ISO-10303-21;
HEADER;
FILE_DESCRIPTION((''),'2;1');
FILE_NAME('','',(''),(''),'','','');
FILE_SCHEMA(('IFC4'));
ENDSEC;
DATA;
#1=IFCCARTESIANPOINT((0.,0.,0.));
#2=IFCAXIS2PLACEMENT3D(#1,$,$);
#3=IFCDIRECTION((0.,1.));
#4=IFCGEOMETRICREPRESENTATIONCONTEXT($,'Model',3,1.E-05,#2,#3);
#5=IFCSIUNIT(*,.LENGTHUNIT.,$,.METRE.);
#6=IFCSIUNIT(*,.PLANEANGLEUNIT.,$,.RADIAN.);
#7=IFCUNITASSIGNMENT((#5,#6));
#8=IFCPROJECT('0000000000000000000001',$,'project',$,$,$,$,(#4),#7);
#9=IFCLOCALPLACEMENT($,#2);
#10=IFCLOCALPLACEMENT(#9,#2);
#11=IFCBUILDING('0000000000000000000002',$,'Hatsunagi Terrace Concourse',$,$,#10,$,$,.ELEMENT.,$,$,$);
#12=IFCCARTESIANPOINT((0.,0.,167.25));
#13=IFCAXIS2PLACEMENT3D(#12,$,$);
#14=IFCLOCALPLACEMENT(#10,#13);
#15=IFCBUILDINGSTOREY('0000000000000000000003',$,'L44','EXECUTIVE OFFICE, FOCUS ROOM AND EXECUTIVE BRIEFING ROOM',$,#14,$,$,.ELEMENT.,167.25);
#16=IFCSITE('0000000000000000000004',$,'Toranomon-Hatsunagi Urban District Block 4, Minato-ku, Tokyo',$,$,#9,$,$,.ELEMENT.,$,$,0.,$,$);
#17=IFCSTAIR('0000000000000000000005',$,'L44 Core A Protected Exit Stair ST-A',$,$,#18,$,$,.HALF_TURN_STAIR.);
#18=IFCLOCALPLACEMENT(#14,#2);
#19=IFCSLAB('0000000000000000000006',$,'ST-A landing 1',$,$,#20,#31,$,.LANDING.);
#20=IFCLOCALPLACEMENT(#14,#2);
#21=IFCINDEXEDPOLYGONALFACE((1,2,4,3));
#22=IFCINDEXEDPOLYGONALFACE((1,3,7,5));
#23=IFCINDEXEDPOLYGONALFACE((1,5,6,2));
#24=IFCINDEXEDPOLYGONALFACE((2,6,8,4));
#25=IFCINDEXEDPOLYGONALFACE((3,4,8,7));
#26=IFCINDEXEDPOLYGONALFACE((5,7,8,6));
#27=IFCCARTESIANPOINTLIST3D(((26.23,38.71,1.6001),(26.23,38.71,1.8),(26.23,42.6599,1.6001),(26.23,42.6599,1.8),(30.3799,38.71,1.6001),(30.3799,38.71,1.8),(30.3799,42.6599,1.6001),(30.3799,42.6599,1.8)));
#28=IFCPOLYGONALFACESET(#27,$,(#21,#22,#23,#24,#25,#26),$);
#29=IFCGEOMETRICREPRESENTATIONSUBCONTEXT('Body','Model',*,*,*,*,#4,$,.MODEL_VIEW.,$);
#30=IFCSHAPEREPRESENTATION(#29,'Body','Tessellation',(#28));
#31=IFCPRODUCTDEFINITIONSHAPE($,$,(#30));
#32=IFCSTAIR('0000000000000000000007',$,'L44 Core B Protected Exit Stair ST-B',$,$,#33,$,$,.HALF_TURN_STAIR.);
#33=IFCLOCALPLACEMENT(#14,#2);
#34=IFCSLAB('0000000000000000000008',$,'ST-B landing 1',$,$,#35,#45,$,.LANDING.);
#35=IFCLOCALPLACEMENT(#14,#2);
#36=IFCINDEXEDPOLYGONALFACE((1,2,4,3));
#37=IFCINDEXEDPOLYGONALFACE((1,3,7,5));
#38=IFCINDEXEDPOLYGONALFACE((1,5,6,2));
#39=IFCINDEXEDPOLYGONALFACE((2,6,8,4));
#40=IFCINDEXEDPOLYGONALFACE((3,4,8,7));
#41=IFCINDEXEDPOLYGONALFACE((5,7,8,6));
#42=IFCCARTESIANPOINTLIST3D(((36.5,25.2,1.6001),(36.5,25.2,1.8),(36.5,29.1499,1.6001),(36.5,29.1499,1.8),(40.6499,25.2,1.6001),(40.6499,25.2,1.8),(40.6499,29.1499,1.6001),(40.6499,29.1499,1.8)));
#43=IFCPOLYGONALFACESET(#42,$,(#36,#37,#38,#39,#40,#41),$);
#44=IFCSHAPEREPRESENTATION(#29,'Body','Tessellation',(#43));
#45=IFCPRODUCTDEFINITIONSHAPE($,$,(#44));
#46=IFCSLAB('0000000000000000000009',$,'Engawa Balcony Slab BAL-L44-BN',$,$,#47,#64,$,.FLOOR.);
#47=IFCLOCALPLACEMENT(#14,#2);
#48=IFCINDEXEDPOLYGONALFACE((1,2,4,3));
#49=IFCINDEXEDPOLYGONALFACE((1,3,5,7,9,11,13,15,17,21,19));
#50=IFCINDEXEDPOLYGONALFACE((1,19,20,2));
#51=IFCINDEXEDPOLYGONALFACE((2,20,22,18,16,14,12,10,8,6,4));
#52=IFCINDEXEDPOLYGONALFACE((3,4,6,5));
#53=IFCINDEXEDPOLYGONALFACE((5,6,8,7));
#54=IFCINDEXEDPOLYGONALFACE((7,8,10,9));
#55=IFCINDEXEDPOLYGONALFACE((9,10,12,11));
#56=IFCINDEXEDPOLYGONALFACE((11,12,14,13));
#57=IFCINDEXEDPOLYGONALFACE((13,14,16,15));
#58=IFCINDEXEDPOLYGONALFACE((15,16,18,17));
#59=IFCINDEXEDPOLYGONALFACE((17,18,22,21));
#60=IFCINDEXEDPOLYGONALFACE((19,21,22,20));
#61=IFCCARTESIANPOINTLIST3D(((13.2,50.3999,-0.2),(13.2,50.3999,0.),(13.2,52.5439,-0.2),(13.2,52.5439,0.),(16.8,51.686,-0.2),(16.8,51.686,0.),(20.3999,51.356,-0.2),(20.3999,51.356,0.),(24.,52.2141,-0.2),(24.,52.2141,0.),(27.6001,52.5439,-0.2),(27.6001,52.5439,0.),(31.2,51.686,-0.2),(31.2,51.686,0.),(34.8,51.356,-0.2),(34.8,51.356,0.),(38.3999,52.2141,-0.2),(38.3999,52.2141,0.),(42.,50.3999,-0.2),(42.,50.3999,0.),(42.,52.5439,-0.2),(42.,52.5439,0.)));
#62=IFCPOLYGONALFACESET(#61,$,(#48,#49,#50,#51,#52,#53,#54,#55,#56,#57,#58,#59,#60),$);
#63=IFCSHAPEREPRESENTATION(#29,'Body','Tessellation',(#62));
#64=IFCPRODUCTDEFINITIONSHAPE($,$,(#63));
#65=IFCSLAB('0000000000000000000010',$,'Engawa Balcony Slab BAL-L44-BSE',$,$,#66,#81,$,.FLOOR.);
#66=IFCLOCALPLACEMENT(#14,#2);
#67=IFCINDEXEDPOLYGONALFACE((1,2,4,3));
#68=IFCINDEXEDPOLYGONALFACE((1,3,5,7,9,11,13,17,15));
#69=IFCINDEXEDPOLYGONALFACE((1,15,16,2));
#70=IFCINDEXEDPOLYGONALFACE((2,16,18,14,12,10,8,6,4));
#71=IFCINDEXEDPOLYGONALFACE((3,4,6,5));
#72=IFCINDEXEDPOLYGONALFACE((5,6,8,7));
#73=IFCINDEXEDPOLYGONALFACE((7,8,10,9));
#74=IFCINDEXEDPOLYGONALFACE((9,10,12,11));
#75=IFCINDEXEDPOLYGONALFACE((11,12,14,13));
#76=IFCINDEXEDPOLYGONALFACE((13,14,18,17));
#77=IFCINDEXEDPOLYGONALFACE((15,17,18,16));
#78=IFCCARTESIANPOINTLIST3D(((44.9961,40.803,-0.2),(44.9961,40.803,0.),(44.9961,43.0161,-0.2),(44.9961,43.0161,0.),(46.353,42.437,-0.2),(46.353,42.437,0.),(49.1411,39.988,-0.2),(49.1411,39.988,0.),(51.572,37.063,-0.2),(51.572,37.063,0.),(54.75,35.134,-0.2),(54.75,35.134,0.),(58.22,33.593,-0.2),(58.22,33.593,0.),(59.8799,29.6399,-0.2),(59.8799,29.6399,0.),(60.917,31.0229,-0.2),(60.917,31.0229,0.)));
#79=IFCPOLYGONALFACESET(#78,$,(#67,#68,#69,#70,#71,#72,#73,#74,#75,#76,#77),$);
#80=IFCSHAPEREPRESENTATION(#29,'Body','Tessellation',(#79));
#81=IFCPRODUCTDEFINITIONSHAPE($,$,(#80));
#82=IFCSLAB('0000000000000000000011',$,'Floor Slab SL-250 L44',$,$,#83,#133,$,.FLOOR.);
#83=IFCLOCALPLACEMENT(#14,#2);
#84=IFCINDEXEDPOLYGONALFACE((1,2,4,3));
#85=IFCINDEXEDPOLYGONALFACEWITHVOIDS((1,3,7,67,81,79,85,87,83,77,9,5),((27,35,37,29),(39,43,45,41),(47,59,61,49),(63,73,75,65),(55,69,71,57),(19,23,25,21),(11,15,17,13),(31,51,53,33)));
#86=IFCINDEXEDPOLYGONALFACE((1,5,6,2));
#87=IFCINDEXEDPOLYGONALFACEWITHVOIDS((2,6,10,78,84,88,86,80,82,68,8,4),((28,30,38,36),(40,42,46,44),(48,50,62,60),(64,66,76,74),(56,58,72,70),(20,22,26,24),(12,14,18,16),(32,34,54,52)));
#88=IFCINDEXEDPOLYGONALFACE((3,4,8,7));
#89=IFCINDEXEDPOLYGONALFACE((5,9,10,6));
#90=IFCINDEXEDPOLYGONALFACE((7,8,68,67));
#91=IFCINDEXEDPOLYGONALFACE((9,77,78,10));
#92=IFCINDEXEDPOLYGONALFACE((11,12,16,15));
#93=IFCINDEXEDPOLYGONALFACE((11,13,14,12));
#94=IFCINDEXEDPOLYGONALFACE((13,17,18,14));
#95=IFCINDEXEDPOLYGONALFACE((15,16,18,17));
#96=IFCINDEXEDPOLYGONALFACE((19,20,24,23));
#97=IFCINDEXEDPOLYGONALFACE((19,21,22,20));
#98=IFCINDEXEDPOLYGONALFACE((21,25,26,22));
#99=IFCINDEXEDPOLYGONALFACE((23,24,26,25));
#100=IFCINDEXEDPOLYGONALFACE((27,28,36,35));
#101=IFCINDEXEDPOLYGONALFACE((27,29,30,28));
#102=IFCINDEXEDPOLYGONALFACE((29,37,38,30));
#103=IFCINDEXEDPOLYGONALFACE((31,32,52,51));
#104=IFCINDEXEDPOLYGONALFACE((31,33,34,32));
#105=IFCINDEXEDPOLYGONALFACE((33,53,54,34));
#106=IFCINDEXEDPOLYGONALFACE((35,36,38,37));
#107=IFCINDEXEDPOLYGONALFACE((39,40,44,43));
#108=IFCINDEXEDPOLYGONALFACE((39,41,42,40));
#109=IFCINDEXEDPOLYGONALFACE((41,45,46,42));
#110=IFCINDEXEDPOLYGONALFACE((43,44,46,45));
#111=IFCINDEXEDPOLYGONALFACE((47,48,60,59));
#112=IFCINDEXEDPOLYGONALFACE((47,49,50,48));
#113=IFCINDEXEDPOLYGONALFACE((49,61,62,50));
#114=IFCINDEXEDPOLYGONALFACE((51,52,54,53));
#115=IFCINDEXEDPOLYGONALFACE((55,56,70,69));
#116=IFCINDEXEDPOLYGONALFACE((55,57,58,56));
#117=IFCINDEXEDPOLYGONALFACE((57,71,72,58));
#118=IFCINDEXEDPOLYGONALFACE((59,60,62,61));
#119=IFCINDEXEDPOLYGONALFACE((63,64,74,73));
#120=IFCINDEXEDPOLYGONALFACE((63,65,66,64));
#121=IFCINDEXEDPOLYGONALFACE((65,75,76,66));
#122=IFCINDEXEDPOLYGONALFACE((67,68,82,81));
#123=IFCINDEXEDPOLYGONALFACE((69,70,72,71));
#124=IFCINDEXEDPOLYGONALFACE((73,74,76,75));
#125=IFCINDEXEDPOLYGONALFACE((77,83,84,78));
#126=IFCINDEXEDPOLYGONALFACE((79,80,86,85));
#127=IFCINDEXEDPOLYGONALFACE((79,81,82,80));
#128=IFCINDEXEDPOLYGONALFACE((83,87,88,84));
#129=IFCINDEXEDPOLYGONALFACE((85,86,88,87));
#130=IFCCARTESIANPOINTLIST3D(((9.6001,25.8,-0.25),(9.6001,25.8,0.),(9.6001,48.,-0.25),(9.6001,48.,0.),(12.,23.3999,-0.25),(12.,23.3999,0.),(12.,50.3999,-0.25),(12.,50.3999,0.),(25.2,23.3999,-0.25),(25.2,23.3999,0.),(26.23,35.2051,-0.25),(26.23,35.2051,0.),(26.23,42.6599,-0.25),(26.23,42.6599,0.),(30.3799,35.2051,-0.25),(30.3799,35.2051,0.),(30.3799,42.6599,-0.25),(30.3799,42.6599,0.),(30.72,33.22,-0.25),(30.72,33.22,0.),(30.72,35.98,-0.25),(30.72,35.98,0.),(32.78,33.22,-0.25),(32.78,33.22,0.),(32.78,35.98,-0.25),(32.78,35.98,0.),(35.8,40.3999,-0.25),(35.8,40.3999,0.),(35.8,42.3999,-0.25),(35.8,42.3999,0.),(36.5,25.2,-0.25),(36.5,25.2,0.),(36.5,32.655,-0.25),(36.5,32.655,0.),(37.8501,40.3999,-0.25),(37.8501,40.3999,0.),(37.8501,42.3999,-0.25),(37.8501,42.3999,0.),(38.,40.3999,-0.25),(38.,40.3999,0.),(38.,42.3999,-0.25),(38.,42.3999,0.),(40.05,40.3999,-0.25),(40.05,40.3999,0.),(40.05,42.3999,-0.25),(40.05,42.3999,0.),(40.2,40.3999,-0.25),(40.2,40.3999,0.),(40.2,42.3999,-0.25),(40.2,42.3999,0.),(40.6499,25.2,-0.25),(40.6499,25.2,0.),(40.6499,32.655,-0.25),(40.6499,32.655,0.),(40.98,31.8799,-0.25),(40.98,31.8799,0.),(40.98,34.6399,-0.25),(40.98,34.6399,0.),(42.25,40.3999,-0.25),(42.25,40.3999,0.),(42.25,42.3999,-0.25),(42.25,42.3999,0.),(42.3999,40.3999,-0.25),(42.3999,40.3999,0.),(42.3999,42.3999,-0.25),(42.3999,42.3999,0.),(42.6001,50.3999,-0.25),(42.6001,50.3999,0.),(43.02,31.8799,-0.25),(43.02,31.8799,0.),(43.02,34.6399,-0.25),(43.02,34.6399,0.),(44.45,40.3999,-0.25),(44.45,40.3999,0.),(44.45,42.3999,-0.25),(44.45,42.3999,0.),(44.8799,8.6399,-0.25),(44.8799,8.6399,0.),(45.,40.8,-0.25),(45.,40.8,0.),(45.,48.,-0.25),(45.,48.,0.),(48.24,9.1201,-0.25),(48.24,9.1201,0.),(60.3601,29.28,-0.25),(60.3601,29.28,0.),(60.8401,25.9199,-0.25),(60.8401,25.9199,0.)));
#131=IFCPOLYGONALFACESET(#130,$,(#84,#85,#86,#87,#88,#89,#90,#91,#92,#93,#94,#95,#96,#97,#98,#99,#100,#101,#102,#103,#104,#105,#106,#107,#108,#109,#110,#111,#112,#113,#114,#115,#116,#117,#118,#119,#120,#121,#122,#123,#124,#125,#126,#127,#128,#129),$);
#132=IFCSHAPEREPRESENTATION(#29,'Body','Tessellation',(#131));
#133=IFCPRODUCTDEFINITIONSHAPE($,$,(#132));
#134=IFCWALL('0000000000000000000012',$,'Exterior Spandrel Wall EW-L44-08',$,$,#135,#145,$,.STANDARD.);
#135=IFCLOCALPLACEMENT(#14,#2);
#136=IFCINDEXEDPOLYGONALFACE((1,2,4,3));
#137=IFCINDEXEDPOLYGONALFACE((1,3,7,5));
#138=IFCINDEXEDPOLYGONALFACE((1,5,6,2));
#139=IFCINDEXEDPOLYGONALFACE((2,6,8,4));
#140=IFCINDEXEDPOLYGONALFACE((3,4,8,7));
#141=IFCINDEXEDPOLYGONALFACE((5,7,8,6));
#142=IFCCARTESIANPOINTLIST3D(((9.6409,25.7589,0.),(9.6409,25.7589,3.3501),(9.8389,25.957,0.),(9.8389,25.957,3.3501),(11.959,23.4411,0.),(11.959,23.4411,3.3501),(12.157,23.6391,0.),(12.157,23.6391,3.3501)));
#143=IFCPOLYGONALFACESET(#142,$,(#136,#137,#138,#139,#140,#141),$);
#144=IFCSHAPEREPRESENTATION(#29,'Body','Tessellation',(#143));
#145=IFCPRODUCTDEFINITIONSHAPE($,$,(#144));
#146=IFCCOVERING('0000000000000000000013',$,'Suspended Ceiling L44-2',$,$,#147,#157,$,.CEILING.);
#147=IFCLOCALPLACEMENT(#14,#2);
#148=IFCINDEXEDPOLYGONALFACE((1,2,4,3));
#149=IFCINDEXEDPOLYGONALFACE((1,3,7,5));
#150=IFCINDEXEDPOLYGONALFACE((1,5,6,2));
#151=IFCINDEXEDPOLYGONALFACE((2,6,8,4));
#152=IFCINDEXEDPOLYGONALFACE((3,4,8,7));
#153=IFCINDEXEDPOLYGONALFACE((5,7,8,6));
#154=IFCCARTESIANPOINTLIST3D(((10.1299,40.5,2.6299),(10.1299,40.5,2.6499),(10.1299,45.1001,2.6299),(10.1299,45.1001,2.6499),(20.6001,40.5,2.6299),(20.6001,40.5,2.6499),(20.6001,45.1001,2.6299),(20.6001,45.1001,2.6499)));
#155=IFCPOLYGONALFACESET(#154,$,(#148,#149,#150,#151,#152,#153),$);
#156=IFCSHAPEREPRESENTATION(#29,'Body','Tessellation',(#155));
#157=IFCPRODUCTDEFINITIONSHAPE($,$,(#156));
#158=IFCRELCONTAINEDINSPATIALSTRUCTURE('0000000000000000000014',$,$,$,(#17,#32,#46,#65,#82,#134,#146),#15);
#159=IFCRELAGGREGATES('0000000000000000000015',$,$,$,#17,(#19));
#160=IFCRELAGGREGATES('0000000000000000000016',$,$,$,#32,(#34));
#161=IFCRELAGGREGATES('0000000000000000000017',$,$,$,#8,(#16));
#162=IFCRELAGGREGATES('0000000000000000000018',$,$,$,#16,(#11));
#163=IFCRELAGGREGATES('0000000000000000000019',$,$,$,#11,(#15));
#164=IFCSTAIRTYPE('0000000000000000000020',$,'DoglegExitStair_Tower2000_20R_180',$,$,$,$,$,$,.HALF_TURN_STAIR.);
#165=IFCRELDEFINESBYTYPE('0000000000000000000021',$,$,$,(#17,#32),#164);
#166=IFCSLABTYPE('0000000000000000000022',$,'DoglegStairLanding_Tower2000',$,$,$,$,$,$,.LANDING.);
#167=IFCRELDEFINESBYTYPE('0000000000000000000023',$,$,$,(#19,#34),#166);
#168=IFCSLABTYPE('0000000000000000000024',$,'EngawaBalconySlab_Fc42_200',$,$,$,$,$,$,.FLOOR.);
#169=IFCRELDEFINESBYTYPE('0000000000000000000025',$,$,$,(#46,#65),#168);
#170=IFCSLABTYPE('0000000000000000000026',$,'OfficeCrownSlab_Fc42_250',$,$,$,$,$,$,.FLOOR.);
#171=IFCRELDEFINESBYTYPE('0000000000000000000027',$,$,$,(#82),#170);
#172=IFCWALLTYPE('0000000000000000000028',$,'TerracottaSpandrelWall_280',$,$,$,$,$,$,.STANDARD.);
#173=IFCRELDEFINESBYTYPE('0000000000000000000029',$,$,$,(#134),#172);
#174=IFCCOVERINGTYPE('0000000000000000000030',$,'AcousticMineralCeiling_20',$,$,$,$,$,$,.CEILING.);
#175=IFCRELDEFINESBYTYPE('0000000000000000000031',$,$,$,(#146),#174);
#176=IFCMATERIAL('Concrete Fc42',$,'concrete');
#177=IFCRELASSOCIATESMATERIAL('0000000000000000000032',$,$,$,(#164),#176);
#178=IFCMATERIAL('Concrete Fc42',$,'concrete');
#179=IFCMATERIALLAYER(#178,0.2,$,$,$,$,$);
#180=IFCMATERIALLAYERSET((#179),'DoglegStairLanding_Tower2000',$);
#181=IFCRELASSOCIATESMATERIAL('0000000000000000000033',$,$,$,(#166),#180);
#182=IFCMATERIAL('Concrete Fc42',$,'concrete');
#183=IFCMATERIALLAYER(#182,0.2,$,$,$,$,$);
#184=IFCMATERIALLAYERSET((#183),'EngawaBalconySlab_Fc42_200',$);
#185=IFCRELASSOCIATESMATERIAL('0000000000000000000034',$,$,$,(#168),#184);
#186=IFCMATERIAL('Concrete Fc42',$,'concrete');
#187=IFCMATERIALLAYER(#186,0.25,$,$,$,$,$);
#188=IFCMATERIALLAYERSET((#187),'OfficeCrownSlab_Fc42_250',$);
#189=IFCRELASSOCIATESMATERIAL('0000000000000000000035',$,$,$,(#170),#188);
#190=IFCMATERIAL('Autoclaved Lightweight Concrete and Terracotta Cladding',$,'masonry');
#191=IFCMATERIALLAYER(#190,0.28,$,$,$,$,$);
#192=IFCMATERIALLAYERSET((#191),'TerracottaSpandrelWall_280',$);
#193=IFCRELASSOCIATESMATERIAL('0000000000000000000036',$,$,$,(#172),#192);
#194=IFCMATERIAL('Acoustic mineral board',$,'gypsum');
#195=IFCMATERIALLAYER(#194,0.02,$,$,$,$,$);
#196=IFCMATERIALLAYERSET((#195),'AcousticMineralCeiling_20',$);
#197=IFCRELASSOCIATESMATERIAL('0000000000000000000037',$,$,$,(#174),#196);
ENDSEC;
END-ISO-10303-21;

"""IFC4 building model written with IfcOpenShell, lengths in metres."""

from ifc_helpers import new_model, si_unit, direction, frame, frame_2d, origin, place, context, subcontext, project, spatial, polyline, rectangle, outline, extrude, material, layer, layer_set, type_object, element, aggregate, save


model = new_model("IFC4")

# Units and contexts
model_context = context("Model", 3, precision=1e-05, world=origin(), true_north=direction((0.0, 1.0)))
body_context = subcontext(model_context, "Body", "Model", "MODEL_VIEW")
ifc_project = project(units=[si_unit("LENGTHUNIT", "METRE"), si_unit("PLANEANGLEUNIT", "RADIAN")], contexts=[model_context])

# Site, building, storey
site_placement = place(None, origin())
site = spatial("IfcSite", under=ifc_project, at=site_placement, Name="Toranomon-Hatsunagi Urban District Block 4, Minato-ku, Tokyo", CompositionType="ELEMENT", RefElevation=0.0)
building_placement = place(site_placement, origin())
building = spatial("IfcBuilding", under=site, at=building_placement, Name="Hatsunagi Terrace Concourse", CompositionType="ELEMENT")
storey_placement = place(building_placement, frame((0.0, 0.0, 167.25)))
storey = spatial("IfcBuildingStorey", under=building, at=storey_placement, Name="L44", Description="EXECUTIVE OFFICE, FOCUS ROOM AND EXECUTIVE BRIEFING ROOM", CompositionType="ELEMENT", Elevation=167.25)

# Stairs, slabs
ifc_material_1 = material(Name="Concrete Fc42", Category="concrete")
stair_type = type_object("IfcStairType", Name="DoglegExitStair_Tower2000_20R_180", PredefinedType="HALF_TURN_STAIR", material=ifc_material_1)
stair_1_placement = place(storey_placement, origin())
stair_1 = element("IfcStair", 1, at=stair_1_placement, inside=storey, type_object=stair_type, Name="L44 Core A Protected Exit Stair ST-A", PredefinedType="HALF_TURN_STAIR")
ifc_material_2 = material(Name="Concrete Fc42", Category="concrete")
ifc_layer_1 = layer(ifc_material_2, 0.2)
ifc_layer_set_1 = layer_set([ifc_layer_1], Name="DoglegStairLanding_Tower2000")
slab_type_1 = type_object("IfcSlabType", Name="DoglegStairLanding_Tower2000", PredefinedType="LANDING", material=ifc_layer_set_1)
slab_1_placement = place(storey_placement, frame((0.0, 0.0, 1.6001)))
slab_1 = element("IfcSlab", 2, at=slab_1_placement, type_object=slab_type_1, Name="ST-A landing 1", PredefinedType="LANDING", context=body_context, shape_type="SweptSolid", body=[
    extrude(outline(polyline([(30.3799, 38.71), (30.3799, 42.6599), (26.23, 42.6599), (26.23, 38.71), (30.3799, 38.71)])), origin(), (0.0, 0.0, 1.0), 0.2),
])
aggregate(stair_1, [slab_1])
stair_2_placement = place(storey_placement, origin())
stair_2 = element("IfcStair", 3, at=stair_2_placement, inside=storey, type_object=stair_type, Name="L44 Core B Protected Exit Stair ST-B", PredefinedType="HALF_TURN_STAIR")
slab_2_placement = place(storey_placement, frame((0.0, 0.0, 1.6001)))
slab_2 = element("IfcSlab", 4, at=slab_2_placement, type_object=slab_type_1, Name="ST-B landing 1", PredefinedType="LANDING", context=body_context, shape_type="SweptSolid", body=[
    extrude(outline(polyline([(36.5, 29.1499), (36.5, 25.2), (40.6499, 25.2), (40.6499, 29.1499), (36.5, 29.1499)])), origin(), (0.0, 0.0, 1.0), 0.2),
])
aggregate(stair_2, [slab_2])

# Slabs
ifc_material_3 = material(Name="Concrete Fc42", Category="concrete")
ifc_layer_2 = layer(ifc_material_3, 0.2)
ifc_layer_set_2 = layer_set([ifc_layer_2], Name="EngawaBalconySlab_Fc42_200")
slab_type_2 = type_object("IfcSlabType", Name="EngawaBalconySlab_Fc42_200", PredefinedType="FLOOR", material=ifc_layer_set_2)
slab_3_placement = place(storey_placement, frame((0.0, 0.0, -0.2)))
element("IfcSlab", 5, at=slab_3_placement, inside=storey, type_object=slab_type_2, Name="Engawa Balcony Slab BAL-L44-BN", PredefinedType="FLOOR", context=body_context, shape_type="SweptSolid", body=[
    extrude(outline(polyline([(13.2, 52.5439), (13.2, 50.3999), (42.0, 50.3999), (42.0, 52.5439), (38.3999, 52.2141), (34.8, 51.356), (31.2, 51.686), (27.6001, 52.5439), (24.0, 52.2141), (20.3999, 51.356), (16.8, 51.686), (13.2, 52.5439)])), origin(), (0.0, 0.0, 1.0), 0.2),
])
slab_4_placement = place(storey_placement, frame((0.0, 0.0, -0.2)))
element("IfcSlab", 6, at=slab_4_placement, inside=storey, type_object=slab_type_2, Name="Engawa Balcony Slab BAL-L44-BSE", PredefinedType="FLOOR", context=body_context, shape_type="SweptSolid", body=[
    extrude(outline(polyline([(46.353, 42.437), (44.9961, 43.0161), (44.9961, 40.803), (59.8799, 29.6399), (60.917, 31.0229), (58.22, 33.593), (54.75, 35.134), (51.572, 37.063), (49.1411, 39.988), (46.353, 42.437)])), origin(), (0.0, 0.0, 1.0), 0.2),
])
ifc_material_4 = material(Name="Concrete Fc42", Category="concrete")
ifc_layer_3 = layer(ifc_material_4, 0.25)
ifc_layer_set_3 = layer_set([ifc_layer_3], Name="OfficeCrownSlab_Fc42_250")
slab_type_3 = type_object("IfcSlabType", Name="OfficeCrownSlab_Fc42_250", PredefinedType="FLOOR", material=ifc_layer_set_3)
slab_5_placement = place(storey_placement, frame((0.0, 0.0, -0.25)))
element("IfcSlab", 7, at=slab_5_placement, inside=storey, type_object=slab_type_3, Name="Floor Slab SL-250 L44", PredefinedType="FLOOR", context=body_context, shape_type="SweptSolid", body=[
    extrude(outline(polyline([(45.0, 40.8), (45.0, 48.0), (42.6001, 50.3999), (12.0, 50.3999), (9.6001, 48.0), (9.6001, 25.8), (12.0, 23.3999), (25.2, 23.3999), (44.8799, 8.6399), (48.24, 9.1201), (60.8401, 25.9199), (60.3601, 29.28), (45.0, 40.8)]), holes=[polyline([(26.23, 35.2051), (30.3799, 35.2051), (30.3799, 42.6599), (26.23, 42.6599), (26.23, 35.2051)]), polyline([(36.5, 25.2), (40.6499, 25.2), (40.6499, 32.655), (36.5, 32.655), (36.5, 25.2)]), polyline([(30.72, 33.22), (32.78, 33.22), (32.78, 35.98), (30.72, 35.98), (30.72, 33.22)]), polyline([(40.98, 31.8799), (43.02, 31.8799), (43.02, 34.6399), (40.98, 34.6399), (40.98, 31.8799)]), polyline([(35.8, 40.3999), (37.8501, 40.3999), (37.8501, 42.3999), (35.8, 42.3999), (35.8, 40.3999)]), polyline([(38.0, 40.3999), (40.05, 40.3999), (40.05, 42.3999), (38.0, 42.3999), (38.0, 40.3999)]), polyline([(40.2, 40.3999), (42.25, 40.3999), (42.25, 42.3999), (40.2, 42.3999), (40.2, 40.3999)]), polyline([(42.3999, 40.3999), (44.45, 40.3999), (44.45, 42.3999), (42.3999, 42.3999), (42.3999, 40.3999)])]), origin(), (0.0, 0.0, 1.0), 0.25),
])

# Wall
ifc_material_5 = material(Name="Autoclaved Lightweight Concrete and Terracotta Cladding", Category="masonry")
ifc_layer_4 = layer(ifc_material_5, 0.28)
ifc_layer_set_4 = layer_set([ifc_layer_4], Name="TerracottaSpandrelWall_280")
wall_type = type_object("IfcWallType", Name="TerracottaSpandrelWall_280", PredefinedType="STANDARD", material=ifc_layer_set_4)
wall_placement = place(storey_placement, frame((12.0581, 23.54, 0.0), z_axis=(0.0, 0.0, 1.0), x_axis=(-0.707144, 0.70707, 0.0)))
element("IfcWall", 8, at=wall_placement, inside=storey, type_object=wall_type, Name="Exterior Spandrel Wall EW-L44-08", PredefinedType="STANDARD", context=body_context, shape_type="SweptSolid", body=[
    extrude(rectangle(XDim=3.2781, YDim=0.28, at=frame_2d((1.6392, 0.0))), origin(), (0.0, 0.0, 1.0), 3.3501),
])

# Covering
ifc_material_6 = material(Name="Acoustic mineral board", Category="gypsum")
ifc_layer_5 = layer(ifc_material_6, 0.02)
ifc_layer_set_5 = layer_set([ifc_layer_5], Name="AcousticMineralCeiling_20")
covering_type_1 = type_object("IfcCoveringType", Name="AcousticMineralCeiling_20", PredefinedType="CEILING", material=ifc_layer_set_5)
covering_1_placement = place(storey_placement, frame((0.0, 0.0, 2.6299)))
element("IfcCovering", 9, at=covering_1_placement, inside=storey, type_object=covering_type_1, Name="Suspended Ceiling L44-2", PredefinedType="CEILING", context=body_context, shape_type="SweptSolid", body=[
    extrude(outline(polyline([(10.1299, 40.5), (20.6001, 40.5), (20.6001, 45.1001), (10.1299, 45.1001), (10.1299, 40.5)])), origin(), (0.0, 0.0, 1.0), 0.02),
])

save(model, "model.ifc")
